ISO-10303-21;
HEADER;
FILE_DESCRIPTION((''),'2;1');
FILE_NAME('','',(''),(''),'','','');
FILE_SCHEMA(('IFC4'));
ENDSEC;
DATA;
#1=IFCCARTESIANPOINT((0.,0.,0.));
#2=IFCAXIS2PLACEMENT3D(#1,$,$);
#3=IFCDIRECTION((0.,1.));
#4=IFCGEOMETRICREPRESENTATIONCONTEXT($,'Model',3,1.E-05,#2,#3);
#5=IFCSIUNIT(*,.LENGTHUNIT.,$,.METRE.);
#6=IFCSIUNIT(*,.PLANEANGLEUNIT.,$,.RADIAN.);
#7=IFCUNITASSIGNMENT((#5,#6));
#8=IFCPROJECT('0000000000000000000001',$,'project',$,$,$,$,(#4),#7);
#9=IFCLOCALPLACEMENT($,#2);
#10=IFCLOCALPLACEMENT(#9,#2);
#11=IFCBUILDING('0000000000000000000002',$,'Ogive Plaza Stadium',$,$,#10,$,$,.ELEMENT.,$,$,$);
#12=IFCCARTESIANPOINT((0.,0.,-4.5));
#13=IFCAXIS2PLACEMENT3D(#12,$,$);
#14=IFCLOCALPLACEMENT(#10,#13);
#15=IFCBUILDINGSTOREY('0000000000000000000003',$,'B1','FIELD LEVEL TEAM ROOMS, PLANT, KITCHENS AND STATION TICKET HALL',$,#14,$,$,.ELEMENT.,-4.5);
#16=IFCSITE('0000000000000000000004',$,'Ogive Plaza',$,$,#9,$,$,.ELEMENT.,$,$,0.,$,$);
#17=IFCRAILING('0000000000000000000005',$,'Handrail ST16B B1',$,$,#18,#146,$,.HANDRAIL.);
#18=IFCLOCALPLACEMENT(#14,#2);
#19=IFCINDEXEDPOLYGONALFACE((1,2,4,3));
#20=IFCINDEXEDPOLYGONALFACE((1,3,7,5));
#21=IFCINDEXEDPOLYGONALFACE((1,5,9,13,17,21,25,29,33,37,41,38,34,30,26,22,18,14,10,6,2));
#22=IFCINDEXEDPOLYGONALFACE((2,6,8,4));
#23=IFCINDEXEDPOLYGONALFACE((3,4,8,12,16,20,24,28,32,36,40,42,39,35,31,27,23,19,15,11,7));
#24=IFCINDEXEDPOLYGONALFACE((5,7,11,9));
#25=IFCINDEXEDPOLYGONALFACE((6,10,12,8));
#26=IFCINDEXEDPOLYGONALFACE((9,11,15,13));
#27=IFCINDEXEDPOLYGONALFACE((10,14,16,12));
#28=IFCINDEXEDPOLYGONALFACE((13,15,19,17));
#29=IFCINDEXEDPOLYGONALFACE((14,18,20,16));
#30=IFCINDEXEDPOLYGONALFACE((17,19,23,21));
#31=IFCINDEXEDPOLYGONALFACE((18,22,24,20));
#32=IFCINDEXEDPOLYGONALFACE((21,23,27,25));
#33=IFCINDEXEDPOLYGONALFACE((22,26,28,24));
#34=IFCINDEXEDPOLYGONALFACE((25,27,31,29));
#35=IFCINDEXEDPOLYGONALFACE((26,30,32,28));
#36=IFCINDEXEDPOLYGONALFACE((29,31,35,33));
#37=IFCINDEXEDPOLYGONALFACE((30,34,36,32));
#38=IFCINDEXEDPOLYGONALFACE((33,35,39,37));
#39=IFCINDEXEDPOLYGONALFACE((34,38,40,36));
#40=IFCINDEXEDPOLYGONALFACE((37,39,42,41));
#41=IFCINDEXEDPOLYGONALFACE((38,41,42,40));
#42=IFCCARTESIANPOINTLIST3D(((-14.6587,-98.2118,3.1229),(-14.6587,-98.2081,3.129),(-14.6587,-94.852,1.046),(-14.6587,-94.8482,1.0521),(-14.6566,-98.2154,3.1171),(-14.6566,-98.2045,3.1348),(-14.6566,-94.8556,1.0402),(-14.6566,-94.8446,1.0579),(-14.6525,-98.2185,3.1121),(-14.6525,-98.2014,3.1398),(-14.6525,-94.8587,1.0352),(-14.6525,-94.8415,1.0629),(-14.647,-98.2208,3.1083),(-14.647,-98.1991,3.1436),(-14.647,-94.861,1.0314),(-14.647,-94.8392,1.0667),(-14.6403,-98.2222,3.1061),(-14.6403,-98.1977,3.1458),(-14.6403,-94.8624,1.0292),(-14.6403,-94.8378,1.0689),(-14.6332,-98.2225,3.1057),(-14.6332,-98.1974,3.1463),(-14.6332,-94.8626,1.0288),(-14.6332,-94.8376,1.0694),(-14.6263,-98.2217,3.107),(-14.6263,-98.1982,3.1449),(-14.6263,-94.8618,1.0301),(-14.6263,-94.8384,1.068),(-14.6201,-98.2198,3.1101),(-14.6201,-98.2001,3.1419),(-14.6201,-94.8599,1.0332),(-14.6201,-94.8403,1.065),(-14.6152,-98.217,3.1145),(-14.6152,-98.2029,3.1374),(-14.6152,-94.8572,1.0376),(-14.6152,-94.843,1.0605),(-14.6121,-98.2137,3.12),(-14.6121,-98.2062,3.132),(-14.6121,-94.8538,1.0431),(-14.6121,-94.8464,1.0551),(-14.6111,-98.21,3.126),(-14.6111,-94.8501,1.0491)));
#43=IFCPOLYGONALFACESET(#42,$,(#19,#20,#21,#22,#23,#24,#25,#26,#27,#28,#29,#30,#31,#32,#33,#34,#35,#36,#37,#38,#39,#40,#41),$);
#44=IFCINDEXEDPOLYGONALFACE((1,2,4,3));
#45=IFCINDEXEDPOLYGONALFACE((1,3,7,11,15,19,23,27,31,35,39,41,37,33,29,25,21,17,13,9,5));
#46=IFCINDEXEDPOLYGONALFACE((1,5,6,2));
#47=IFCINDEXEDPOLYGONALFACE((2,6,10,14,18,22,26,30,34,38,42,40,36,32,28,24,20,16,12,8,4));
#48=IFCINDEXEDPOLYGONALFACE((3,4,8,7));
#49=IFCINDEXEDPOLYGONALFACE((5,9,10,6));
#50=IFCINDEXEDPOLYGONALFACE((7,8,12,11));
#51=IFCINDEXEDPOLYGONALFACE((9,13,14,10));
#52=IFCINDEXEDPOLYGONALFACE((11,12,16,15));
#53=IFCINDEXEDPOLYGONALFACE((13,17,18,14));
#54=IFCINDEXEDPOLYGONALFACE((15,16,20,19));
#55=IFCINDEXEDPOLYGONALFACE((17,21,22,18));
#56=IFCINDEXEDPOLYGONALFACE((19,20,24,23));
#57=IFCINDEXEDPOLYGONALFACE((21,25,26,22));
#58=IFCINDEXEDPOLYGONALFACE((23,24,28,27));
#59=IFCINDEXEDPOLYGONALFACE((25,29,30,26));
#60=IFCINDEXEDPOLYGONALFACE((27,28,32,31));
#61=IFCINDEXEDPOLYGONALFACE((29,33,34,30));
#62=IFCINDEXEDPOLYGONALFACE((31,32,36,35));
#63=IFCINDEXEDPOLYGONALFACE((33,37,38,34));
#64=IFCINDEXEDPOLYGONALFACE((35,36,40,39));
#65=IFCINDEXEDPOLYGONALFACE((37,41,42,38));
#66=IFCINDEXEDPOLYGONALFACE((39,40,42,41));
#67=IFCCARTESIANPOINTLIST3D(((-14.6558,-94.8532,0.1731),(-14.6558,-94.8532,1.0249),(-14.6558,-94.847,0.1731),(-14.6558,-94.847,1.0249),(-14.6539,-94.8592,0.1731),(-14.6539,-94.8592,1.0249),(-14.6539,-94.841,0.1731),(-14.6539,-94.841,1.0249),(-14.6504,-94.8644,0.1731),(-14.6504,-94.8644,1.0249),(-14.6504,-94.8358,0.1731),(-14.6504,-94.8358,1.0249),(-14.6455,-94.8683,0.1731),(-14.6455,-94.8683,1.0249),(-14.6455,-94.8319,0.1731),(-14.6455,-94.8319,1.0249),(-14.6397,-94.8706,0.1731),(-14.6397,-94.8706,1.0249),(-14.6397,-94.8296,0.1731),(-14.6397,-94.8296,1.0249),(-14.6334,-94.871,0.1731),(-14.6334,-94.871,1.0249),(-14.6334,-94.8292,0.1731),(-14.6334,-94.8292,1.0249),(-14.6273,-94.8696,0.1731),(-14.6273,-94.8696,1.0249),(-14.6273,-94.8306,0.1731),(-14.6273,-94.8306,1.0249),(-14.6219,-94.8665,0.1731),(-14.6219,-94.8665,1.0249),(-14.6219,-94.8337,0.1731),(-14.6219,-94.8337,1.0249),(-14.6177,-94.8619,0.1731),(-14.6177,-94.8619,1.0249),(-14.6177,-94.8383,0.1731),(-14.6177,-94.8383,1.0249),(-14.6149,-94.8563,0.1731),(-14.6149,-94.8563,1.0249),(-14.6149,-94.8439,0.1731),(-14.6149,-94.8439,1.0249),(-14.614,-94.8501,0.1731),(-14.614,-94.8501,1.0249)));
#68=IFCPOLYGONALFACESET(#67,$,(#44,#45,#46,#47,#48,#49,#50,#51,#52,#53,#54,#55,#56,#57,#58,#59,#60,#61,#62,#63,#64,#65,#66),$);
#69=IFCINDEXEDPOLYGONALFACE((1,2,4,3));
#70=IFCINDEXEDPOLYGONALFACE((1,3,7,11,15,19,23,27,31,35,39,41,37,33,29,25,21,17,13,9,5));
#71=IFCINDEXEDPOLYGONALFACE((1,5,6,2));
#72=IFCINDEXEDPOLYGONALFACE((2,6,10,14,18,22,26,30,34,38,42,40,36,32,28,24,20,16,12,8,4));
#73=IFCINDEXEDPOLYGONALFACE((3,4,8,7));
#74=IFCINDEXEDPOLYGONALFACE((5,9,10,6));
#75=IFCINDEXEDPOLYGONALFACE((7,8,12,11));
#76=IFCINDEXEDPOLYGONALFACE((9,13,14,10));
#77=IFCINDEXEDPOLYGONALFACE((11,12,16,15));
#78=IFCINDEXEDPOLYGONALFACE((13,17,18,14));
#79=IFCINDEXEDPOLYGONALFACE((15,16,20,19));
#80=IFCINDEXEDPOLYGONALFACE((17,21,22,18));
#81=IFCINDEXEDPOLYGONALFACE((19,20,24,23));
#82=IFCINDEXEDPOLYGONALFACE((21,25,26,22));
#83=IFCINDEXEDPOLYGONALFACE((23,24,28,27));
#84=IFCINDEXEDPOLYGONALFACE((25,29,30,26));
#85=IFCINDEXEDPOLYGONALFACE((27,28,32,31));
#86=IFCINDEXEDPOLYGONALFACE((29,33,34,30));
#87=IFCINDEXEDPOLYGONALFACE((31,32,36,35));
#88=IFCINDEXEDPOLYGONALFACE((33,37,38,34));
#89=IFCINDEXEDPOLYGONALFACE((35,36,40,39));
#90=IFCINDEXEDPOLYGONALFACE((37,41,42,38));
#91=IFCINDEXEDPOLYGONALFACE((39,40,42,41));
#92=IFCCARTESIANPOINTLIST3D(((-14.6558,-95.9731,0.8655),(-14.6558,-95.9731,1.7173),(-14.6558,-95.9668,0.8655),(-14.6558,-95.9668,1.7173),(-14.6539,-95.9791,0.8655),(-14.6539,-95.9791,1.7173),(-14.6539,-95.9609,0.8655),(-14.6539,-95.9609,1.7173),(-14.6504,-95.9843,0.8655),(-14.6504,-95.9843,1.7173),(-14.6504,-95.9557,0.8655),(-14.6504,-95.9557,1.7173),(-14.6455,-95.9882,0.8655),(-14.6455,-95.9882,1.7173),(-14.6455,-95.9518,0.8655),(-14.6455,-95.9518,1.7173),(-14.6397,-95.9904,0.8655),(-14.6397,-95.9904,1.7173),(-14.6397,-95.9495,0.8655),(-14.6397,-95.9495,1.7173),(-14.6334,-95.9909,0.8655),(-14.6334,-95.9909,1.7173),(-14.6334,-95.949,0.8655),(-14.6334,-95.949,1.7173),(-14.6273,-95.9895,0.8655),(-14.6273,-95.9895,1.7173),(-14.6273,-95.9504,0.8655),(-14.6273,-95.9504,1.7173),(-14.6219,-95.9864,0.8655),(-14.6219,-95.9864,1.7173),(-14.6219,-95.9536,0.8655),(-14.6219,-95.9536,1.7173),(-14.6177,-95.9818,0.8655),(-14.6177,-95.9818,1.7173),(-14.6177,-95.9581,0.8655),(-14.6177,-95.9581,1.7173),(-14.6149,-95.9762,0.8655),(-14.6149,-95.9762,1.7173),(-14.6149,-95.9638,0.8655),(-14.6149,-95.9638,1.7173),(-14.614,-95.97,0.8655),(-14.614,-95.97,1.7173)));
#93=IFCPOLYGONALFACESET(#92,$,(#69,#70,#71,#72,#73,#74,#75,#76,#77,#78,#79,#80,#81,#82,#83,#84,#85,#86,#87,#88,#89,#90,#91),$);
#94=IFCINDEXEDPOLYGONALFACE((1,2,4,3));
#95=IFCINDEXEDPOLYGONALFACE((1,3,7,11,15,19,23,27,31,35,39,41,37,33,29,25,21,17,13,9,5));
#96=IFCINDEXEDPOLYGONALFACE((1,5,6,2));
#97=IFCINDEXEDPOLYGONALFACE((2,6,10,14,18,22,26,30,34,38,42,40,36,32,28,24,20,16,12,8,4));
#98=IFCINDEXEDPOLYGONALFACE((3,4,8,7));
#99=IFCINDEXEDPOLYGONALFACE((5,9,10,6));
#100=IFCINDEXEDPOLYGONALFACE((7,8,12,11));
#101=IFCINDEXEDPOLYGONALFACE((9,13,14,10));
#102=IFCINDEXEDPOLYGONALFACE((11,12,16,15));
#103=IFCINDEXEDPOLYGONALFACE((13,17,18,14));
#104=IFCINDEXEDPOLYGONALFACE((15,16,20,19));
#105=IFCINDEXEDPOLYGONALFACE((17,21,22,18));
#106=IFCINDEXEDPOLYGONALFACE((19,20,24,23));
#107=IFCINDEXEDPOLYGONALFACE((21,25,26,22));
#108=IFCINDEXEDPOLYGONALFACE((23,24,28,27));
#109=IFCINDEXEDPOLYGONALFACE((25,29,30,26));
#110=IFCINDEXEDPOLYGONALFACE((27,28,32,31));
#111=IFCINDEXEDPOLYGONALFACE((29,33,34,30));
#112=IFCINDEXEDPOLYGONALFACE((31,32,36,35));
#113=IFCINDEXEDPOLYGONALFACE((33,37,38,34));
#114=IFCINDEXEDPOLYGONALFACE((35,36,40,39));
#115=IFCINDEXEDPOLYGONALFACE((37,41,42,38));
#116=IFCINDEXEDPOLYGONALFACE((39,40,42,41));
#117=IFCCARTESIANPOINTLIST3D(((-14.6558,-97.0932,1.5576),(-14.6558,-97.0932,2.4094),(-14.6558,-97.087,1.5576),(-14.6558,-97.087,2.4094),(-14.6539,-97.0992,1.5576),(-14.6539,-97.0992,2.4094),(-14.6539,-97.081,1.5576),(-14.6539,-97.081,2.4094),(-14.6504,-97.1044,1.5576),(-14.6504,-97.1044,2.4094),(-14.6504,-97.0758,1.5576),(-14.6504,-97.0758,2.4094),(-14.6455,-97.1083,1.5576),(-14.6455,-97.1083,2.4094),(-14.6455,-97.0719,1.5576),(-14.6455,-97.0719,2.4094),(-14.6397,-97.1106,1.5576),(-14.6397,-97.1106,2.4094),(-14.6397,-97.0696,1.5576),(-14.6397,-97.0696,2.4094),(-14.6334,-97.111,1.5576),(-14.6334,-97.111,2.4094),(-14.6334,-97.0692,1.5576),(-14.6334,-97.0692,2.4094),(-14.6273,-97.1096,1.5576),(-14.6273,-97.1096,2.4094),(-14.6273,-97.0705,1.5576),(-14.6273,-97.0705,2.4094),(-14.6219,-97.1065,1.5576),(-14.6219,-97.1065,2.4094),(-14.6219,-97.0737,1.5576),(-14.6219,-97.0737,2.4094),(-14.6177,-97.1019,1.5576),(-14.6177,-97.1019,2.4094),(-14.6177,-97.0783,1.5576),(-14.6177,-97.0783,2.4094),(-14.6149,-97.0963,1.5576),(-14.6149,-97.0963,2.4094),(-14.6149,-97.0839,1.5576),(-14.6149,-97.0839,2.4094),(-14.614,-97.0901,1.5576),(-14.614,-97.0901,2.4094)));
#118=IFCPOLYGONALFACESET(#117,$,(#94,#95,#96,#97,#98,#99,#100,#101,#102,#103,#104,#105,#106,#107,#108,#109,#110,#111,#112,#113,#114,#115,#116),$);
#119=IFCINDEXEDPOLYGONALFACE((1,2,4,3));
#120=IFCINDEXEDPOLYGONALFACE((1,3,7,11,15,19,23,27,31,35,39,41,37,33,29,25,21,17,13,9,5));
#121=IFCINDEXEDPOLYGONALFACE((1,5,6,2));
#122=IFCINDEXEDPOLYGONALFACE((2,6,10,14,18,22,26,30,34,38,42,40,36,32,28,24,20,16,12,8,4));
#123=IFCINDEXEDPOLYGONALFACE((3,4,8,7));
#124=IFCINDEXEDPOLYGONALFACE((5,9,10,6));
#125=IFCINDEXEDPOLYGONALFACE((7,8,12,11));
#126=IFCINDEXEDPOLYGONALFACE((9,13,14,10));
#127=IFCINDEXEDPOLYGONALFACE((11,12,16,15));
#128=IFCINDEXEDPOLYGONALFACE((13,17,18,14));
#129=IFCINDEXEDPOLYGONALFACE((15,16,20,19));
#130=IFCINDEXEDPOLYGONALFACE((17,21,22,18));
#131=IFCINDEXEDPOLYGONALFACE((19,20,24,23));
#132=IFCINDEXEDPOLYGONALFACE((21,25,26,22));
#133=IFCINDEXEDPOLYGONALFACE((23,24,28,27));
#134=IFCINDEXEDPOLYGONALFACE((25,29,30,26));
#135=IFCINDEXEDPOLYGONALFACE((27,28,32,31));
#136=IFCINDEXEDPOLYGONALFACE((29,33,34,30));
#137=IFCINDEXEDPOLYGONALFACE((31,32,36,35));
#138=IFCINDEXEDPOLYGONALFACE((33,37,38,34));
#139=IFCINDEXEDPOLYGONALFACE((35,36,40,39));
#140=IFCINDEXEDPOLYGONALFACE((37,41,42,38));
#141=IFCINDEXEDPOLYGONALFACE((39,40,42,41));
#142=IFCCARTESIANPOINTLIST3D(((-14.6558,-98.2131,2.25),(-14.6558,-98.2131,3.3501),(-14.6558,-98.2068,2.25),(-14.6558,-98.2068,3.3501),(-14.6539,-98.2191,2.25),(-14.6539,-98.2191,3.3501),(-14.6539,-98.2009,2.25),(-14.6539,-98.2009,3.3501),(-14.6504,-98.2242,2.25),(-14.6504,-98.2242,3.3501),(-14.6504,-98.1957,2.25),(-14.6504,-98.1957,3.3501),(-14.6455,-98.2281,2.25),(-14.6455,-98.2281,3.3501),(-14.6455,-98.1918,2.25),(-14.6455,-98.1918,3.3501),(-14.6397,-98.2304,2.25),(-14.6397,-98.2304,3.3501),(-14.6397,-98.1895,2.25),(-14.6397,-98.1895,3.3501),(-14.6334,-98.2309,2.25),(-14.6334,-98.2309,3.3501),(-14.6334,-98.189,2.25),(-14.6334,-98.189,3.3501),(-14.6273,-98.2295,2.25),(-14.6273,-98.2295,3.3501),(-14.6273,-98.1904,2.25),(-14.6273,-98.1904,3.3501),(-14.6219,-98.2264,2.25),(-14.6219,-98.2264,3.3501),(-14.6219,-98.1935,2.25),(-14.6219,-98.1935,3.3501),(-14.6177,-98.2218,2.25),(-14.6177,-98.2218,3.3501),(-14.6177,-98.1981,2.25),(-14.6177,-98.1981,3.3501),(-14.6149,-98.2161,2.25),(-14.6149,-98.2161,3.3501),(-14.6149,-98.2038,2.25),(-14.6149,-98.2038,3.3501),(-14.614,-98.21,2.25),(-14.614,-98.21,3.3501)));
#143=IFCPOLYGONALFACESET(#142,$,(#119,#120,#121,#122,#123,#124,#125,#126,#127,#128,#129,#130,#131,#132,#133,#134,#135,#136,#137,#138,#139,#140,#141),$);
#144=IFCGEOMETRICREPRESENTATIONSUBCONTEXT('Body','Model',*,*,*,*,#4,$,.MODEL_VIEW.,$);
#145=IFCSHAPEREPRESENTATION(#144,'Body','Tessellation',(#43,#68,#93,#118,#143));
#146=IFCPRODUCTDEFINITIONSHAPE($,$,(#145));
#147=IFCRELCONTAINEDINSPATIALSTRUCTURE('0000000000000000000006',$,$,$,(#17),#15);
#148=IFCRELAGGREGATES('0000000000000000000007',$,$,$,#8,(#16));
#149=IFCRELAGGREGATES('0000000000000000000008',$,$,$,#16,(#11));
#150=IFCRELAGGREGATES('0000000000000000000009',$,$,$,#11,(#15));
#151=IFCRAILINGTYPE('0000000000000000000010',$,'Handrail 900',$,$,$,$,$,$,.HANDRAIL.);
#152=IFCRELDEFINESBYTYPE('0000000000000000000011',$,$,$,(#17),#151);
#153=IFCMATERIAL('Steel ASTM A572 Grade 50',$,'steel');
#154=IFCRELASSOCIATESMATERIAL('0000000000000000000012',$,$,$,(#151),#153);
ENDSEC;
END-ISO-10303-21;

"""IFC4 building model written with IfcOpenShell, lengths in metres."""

from ifc_helpers import new_model, si_unit, direction, frame, origin, origin_2d, place, context, subcontext, project, spatial, circle, extrude, material, type_object, element, save


model = new_model("IFC4")

# Units and contexts
model_context = context("Model", 3, precision=1e-05, world=origin(), true_north=direction((0.0, 1.0)))
body_context = subcontext(model_context, "Body", "Model", "MODEL_VIEW")
ifc_project = project(units=[si_unit("LENGTHUNIT", "METRE"), si_unit("PLANEANGLEUNIT", "RADIAN")], contexts=[model_context])

# Site, building, storey
site_placement = place(None, origin())
site = spatial("IfcSite", under=ifc_project, at=site_placement, Name="Ogive Plaza", CompositionType="ELEMENT", RefElevation=0.0)
building_placement = place(site_placement, origin())
building = spatial("IfcBuilding", under=site, at=building_placement, Name="Ogive Plaza Stadium", CompositionType="ELEMENT")
storey_placement = place(building_placement, frame((0.0, 0.0, -4.5)))
storey = spatial("IfcBuildingStorey", under=building, at=storey_placement, Name="B1", Description="FIELD LEVEL TEAM ROOMS, PLANT, KITCHENS AND STATION TICKET HALL", CompositionType="ELEMENT", Elevation=-4.5)

# Railing
ifc_material_1 = material(Name="Steel ASTM A572 Grade 50", Category="steel")
railing_type_1 = type_object("IfcRailingType", Name="Handrail 900", PredefinedType="HANDRAIL", material=ifc_material_1)
for number, where, name in (
    (1, (-14.635, -94.8501, 0.1731), "Handrail ST16B B1"),
):
    element("IfcRailing", number, at=place(storey_placement, frame(where)), inside=storey, type_object=railing_type_1, Name=name, PredefinedType="HANDRAIL", context=body_context, shape_type="SweptSolid", body=[
        extrude(circle(Radius=0.0239, at=origin_2d()), frame((0.0, 0.0, 0.876), z_axis=(0.0, -0.850606, 0.525803), x_axis=(1.0, 0.0, 0.0)), (0.0, 0.0, 1.0), 3.95),
        extrude(circle(Radius=0.021, at=origin_2d()), origin(), (0.0, 0.0, 1.0), 0.8518),
        extrude(circle(Radius=0.021, at=origin_2d()), frame((0.0, -1.1199, 0.6924)), (0.0, 0.0, 1.0), 0.8518),
        extrude(circle(Radius=0.021, at=origin_2d()), frame((0.0, -2.24, 1.3845)), (0.0, 0.0, 1.0), 0.8518),
        extrude(circle(Radius=0.021, at=origin_2d()), frame((0.0, -3.3599, 2.0769)), (0.0, 0.0, 1.0), 1.1001),
    ])

save(model, "model.ifc")
